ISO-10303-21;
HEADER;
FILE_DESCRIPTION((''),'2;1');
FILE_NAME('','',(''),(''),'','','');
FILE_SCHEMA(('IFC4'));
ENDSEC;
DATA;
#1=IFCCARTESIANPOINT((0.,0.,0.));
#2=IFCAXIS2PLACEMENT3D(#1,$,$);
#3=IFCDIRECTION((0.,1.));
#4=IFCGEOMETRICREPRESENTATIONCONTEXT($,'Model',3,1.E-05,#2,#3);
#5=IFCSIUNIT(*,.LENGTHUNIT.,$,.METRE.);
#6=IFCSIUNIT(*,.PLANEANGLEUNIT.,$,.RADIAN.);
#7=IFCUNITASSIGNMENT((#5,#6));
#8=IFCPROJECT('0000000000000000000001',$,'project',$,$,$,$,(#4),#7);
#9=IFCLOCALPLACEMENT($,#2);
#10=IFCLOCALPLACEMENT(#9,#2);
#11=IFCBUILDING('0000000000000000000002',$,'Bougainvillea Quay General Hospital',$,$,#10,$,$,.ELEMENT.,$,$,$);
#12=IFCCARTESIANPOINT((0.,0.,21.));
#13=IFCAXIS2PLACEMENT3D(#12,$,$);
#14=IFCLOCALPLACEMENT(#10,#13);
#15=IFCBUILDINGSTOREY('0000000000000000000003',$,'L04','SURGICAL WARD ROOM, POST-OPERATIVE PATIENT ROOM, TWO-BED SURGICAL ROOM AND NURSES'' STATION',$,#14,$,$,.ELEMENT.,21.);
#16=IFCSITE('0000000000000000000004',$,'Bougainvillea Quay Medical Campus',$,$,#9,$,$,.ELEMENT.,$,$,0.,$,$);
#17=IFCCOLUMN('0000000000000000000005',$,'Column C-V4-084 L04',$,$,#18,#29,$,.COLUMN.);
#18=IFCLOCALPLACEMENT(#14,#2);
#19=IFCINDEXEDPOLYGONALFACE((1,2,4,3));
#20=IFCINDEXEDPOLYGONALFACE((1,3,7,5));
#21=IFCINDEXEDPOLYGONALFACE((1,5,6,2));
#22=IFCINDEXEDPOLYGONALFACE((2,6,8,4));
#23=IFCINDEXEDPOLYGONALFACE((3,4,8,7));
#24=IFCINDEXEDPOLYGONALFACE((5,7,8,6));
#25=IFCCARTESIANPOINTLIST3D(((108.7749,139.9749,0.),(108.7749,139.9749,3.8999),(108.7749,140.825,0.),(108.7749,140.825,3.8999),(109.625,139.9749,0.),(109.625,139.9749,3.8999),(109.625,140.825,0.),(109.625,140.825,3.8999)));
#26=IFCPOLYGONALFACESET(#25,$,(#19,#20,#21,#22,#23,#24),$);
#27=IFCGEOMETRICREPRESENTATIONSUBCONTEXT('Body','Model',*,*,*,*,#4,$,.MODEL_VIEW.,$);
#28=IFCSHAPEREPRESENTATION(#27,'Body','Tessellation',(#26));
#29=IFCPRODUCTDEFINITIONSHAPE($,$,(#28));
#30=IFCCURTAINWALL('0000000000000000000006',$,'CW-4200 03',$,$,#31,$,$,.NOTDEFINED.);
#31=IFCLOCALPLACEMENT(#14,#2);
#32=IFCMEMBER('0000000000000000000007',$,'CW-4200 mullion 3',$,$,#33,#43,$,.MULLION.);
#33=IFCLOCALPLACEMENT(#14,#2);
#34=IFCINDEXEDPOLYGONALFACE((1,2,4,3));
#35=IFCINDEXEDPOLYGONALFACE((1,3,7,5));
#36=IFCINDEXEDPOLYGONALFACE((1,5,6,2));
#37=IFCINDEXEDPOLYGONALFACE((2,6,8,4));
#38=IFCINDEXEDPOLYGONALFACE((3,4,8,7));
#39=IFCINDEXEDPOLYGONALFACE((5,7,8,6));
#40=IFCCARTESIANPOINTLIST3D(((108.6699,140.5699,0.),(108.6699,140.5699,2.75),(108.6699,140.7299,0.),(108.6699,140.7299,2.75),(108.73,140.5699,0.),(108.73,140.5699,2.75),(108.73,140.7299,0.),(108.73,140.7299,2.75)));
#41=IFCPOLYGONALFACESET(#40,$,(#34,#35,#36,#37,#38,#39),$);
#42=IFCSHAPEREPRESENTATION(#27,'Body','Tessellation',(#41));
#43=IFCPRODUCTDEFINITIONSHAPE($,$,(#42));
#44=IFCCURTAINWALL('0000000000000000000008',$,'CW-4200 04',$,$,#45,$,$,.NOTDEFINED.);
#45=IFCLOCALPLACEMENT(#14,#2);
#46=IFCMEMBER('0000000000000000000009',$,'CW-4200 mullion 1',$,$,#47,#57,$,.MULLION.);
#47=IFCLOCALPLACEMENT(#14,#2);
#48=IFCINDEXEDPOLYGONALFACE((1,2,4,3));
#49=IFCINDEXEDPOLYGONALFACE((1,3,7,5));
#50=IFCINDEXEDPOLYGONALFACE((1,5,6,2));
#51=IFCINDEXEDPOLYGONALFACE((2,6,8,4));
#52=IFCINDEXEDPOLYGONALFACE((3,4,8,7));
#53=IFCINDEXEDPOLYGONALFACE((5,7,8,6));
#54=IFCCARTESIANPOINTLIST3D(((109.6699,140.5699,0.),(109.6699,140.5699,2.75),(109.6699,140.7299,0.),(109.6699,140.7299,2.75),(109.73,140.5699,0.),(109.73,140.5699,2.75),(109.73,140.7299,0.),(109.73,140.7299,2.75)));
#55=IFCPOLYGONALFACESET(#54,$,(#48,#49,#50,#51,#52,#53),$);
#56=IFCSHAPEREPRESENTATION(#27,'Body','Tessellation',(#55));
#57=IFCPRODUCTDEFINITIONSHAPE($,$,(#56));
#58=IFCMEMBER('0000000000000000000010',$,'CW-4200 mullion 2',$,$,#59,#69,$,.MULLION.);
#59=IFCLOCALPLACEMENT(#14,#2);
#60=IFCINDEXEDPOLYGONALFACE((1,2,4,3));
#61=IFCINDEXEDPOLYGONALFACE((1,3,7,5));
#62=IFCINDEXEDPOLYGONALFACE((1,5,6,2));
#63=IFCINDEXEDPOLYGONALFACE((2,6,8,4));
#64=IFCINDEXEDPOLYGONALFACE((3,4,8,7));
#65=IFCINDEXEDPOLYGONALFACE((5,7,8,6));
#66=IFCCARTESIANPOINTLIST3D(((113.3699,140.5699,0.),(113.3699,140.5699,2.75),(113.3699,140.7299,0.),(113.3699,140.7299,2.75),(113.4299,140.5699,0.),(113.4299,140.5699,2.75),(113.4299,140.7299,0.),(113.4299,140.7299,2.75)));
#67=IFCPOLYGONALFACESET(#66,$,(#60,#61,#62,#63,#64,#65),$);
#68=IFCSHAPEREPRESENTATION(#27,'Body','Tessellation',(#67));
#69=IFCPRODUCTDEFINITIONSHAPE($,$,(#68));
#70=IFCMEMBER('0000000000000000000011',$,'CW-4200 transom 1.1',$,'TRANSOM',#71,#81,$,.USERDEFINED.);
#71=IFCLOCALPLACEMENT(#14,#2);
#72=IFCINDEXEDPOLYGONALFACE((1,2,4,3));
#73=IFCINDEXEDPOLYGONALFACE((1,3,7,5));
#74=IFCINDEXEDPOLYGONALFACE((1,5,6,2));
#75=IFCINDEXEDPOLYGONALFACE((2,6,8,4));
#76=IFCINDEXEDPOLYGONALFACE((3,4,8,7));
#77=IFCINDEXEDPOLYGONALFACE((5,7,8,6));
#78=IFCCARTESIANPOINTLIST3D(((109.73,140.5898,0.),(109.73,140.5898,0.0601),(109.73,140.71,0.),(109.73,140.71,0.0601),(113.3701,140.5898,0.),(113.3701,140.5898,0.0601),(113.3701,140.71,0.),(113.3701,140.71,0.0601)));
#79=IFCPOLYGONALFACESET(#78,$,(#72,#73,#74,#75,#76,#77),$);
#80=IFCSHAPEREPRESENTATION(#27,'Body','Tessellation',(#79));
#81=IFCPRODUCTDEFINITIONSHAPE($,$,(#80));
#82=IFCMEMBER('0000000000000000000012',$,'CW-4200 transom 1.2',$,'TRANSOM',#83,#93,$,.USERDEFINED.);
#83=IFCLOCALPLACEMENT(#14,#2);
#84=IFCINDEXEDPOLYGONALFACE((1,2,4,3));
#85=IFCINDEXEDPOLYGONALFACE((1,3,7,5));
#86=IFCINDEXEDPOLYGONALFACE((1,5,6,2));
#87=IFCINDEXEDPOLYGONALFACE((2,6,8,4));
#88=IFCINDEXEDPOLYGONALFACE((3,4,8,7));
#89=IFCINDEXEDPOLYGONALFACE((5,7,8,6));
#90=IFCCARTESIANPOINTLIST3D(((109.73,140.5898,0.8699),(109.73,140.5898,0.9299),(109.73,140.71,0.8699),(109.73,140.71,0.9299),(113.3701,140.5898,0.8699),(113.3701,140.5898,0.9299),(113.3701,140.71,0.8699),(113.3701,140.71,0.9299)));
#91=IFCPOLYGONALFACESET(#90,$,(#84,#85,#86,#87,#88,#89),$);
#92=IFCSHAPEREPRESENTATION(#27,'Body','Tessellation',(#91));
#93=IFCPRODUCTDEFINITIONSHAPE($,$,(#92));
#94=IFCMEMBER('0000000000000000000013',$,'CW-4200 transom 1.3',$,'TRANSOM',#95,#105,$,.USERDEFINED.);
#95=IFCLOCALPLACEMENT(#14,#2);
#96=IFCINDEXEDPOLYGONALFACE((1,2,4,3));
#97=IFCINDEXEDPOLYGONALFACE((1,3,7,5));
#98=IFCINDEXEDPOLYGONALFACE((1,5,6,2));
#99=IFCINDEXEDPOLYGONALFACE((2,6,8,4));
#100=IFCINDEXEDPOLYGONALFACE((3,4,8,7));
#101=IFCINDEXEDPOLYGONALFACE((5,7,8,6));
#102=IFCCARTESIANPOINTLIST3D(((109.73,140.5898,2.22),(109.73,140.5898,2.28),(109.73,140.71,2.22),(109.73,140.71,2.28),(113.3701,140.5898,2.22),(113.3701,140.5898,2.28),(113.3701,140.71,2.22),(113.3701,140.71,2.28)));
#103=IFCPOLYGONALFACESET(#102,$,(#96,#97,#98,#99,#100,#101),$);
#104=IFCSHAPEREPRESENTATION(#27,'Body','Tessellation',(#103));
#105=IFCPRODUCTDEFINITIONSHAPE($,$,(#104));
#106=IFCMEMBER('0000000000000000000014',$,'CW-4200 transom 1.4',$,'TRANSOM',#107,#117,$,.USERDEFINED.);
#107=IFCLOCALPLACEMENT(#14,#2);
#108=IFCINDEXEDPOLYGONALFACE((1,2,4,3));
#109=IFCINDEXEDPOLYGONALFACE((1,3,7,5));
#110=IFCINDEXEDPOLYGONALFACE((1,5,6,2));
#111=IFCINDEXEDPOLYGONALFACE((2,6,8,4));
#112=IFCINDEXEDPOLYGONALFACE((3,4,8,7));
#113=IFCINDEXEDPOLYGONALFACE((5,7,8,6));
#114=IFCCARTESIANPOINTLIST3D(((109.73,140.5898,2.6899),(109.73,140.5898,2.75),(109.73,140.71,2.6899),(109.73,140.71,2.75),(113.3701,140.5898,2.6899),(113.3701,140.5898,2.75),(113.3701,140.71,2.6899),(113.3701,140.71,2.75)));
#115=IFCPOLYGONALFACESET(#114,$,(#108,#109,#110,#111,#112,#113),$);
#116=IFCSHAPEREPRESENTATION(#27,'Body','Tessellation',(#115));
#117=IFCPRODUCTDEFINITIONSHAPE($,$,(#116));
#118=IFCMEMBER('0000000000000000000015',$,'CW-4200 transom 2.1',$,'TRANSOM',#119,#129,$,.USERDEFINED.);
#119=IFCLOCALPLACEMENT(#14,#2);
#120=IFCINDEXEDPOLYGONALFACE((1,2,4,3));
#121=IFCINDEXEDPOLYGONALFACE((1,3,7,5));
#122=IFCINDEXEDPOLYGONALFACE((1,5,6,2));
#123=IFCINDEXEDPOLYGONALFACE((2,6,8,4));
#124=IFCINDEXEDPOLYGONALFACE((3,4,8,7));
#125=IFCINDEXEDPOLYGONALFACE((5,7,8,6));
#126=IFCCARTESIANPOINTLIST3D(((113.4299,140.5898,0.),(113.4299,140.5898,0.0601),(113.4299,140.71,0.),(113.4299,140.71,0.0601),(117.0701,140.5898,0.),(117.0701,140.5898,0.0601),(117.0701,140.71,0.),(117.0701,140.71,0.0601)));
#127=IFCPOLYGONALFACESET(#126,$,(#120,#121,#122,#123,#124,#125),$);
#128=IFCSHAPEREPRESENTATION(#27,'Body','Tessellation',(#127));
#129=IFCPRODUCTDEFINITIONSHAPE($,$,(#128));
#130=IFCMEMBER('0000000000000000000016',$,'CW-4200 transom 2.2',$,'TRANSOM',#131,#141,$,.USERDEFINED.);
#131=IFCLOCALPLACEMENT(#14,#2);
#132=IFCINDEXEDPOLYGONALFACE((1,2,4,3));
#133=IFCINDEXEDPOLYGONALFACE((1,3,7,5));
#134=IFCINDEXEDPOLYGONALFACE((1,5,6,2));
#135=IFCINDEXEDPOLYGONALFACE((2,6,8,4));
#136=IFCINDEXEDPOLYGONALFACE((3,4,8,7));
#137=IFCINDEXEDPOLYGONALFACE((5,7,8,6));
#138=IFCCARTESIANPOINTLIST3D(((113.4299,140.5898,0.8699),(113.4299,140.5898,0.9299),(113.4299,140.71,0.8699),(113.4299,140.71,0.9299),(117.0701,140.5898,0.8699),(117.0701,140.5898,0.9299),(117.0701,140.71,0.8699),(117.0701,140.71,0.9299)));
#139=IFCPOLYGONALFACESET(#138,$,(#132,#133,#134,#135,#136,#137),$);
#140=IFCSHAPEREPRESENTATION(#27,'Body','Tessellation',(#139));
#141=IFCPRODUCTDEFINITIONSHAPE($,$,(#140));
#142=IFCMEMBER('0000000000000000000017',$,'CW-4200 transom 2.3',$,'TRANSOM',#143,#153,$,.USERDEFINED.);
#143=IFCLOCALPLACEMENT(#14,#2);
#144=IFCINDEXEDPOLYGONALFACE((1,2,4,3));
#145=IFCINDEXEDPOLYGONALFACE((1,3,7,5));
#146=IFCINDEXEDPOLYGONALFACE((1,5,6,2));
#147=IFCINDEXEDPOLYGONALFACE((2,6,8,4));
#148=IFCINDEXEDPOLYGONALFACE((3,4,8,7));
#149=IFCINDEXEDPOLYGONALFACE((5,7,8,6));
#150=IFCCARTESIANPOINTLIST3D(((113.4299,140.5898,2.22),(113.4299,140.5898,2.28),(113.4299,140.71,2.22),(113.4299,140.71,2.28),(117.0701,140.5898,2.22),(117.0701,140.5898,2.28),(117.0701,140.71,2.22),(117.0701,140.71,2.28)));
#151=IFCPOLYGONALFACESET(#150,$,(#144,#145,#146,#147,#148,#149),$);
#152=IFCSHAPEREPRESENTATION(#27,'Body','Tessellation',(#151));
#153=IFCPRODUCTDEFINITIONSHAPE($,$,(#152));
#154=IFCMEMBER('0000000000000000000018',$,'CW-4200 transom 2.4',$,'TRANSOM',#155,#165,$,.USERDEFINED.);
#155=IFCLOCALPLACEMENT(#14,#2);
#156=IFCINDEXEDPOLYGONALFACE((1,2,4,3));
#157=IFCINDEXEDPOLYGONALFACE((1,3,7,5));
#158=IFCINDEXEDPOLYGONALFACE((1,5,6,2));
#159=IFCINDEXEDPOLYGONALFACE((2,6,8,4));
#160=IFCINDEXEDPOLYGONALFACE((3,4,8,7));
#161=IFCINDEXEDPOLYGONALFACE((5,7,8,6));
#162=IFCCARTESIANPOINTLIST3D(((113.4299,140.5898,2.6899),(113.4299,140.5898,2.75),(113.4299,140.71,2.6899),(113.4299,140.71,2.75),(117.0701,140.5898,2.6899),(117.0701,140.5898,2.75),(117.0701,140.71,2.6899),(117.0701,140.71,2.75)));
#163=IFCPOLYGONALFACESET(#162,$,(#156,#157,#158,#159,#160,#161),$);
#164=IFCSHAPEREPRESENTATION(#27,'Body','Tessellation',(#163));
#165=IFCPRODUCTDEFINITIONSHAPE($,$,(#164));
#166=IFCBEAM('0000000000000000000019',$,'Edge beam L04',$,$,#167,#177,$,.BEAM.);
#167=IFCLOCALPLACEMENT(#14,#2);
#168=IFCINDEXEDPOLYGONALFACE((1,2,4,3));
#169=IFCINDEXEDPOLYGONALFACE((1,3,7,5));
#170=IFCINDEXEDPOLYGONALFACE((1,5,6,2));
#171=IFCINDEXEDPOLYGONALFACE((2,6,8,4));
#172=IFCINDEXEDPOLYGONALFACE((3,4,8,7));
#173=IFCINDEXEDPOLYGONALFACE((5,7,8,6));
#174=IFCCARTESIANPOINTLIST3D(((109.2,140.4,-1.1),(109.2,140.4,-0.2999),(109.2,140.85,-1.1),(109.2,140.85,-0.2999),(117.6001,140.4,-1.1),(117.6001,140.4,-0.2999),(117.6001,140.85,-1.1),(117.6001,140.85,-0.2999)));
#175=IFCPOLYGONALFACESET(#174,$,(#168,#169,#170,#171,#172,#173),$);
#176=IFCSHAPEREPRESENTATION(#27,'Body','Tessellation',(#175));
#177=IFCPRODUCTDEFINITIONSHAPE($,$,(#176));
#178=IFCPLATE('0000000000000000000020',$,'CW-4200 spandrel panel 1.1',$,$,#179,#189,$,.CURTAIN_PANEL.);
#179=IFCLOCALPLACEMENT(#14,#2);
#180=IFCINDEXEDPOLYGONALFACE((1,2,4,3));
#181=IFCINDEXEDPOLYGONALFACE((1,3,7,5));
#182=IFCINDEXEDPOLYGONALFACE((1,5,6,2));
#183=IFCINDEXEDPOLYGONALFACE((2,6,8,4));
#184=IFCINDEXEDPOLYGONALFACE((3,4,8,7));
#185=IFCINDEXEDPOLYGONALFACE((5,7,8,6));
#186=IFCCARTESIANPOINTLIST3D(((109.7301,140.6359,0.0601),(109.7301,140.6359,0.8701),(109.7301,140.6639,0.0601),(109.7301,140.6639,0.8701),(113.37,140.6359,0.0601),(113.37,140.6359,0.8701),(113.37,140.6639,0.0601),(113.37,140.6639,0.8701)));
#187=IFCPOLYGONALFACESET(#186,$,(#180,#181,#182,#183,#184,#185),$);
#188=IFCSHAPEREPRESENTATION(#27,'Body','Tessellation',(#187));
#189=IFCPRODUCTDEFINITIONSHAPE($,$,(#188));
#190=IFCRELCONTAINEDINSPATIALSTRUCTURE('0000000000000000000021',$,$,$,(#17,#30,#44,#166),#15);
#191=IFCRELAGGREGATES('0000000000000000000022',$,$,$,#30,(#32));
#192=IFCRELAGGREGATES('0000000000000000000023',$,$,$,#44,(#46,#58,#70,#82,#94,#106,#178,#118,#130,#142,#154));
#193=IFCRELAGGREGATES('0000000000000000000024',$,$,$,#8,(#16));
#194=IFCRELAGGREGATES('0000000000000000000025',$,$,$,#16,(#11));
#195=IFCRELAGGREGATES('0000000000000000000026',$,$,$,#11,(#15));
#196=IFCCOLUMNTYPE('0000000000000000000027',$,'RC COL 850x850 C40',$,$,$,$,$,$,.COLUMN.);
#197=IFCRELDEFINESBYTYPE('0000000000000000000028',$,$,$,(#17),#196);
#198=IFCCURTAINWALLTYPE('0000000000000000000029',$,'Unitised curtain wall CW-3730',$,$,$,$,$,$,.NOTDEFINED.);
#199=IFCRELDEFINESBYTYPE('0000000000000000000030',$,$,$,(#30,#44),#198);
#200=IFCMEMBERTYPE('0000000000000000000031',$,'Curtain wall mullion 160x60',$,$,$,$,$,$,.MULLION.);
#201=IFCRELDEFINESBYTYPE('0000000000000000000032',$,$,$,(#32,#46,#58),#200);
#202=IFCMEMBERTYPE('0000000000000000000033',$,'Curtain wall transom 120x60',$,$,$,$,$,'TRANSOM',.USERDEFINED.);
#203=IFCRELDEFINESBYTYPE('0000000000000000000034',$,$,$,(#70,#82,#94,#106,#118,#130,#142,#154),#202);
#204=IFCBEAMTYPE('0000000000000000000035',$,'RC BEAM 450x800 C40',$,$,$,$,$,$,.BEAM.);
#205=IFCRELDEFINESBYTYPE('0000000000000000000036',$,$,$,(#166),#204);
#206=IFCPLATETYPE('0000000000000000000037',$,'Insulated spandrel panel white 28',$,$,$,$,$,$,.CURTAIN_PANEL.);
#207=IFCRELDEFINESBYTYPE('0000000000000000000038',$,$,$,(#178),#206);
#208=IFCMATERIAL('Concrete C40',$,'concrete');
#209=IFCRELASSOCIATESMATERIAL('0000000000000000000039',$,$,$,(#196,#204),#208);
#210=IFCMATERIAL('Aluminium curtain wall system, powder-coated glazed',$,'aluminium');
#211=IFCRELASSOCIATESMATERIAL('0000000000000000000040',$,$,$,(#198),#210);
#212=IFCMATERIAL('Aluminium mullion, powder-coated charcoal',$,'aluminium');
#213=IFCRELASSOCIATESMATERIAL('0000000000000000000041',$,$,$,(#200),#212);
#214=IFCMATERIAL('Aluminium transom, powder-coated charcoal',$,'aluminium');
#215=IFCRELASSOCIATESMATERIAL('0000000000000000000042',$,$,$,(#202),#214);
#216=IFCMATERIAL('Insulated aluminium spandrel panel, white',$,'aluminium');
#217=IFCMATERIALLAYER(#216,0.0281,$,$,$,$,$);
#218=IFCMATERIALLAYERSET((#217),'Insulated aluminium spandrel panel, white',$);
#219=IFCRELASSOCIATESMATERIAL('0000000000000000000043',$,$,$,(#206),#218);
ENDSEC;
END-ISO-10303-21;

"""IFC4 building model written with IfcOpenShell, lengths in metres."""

from ifc_helpers import new_model, si_unit, direction, frame, origin, origin_2d, place, context, subcontext, project, spatial, rectangle, extrude, material, layer, layer_set, material_profile, profile_set, type_object, element, aggregate, save


model = new_model("IFC4")

# Units and contexts
model_context = context("Model", 3, precision=1e-05, world=origin(), true_north=direction((0.0, 1.0)))
body_context = subcontext(model_context, "Body", "Model", "MODEL_VIEW")
ifc_project = project(units=[si_unit("LENGTHUNIT", "METRE"), si_unit("PLANEANGLEUNIT", "RADIAN")], contexts=[model_context])

# Site, building, storey
site_placement = place(None, origin())
site = spatial("IfcSite", under=ifc_project, at=site_placement, Name="Bougainvillea Quay Medical Campus", CompositionType="ELEMENT", RefElevation=0.0)
building_placement = place(site_placement, origin())
building = spatial("IfcBuilding", under=site, at=building_placement, Name="Bougainvillea Quay General Hospital", CompositionType="ELEMENT")
storey_placement = place(building_placement, frame((0.0, 0.0, 21.0)))
storey = spatial("IfcBuildingStorey", under=building, at=storey_placement, Name="L04", Description="SURGICAL WARD ROOM, POST-OPERATIVE PATIENT ROOM, TWO-BED SURGICAL ROOM AND NURSES' STATION", CompositionType="ELEMENT", Elevation=21.0)

# Column
ifc_material_1 = material(Name="Concrete C40", Category="concrete")
ifc_material_profile_1 = material_profile(ifc_material_1, rectangle(XDim=0.8501, YDim=0.8501, at=origin_2d()))
ifc_profile_set_1 = profile_set([ifc_material_profile_1], Name="Concrete C40")
column_type = type_object("IfcColumnType", Name="RC COL 850x850 C40", PredefinedType="COLUMN", material=ifc_profile_set_1)
column_placement = place(storey_placement, frame((109.2, 140.3999, 0.0), z_axis=(0.0, 0.0, 1.0), x_axis=(1.0, 0.0, 0.0)))
element("IfcColumn", 1, at=column_placement, inside=storey, type_object=column_type, Name="Column C-V4-084 L04", PredefinedType="COLUMN", context=body_context, shape_type="SweptSolid", body=[
    extrude(rectangle(XDim=0.8501, YDim=0.8501, at=origin_2d()), origin(), (0.0, 0.0, 1.0), 3.8999),
])

# Curtain wall, member
ifc_material_2 = material(Name="Aluminium curtain wall system, powder-coated glazed", Category="aluminium")
curtain_wall_type = type_object("IfcCurtainWallType", Name="Unitised curtain wall CW-3730", PredefinedType="NOTDEFINED", material=ifc_material_2)
curtain_wall_1_placement = place(storey_placement, origin())
curtain_wall_1 = element("IfcCurtainWall", 2, at=curtain_wall_1_placement, inside=storey, type_object=curtain_wall_type, Name="CW-4200 03", PredefinedType="NOTDEFINED")
ifc_material_3 = material(Name="Aluminium mullion, powder-coated charcoal", Category="aluminium")
ifc_material_profile_2 = material_profile(ifc_material_3, rectangle(XDim=0.1599, YDim=0.0601, at=origin_2d()))
ifc_profile_set_2 = profile_set([ifc_material_profile_2], Name="Aluminium mullion, powder-coated charcoal")
member_type_1 = type_object("IfcMemberType", Name="Curtain wall mullion 160x60", PredefinedType="MULLION", material=ifc_profile_set_2)
member_1_placement = place(storey_placement, frame((108.7, 140.6499, 0.0), z_axis=(0.0, 0.0, 1.0), x_axis=(0.0, 1.0, 0.0)))
member_1 = element("IfcMember", 3, at=member_1_placement, type_object=member_type_1, Name="CW-4200 mullion 3", PredefinedType="MULLION", context=body_context, shape_type="SweptSolid", body=[
    extrude(rectangle(XDim=0.1599, YDim=0.0601, at=origin_2d()), origin(), (0.0, 0.0, 1.0), 2.75),
])
aggregate(curtain_wall_1, [member_1])

# Curtain wall, members
curtain_wall_2_placement = place(storey_placement, origin())
curtain_wall_2 = element("IfcCurtainWall", 4, at=curtain_wall_2_placement, inside=storey, type_object=curtain_wall_type, Name="CW-4200 04", PredefinedType="NOTDEFINED")
member_2_placement = place(storey_placement, frame((109.7, 140.6499, 0.0), z_axis=(0.0, 0.0, 1.0), x_axis=(0.0, 1.0, 0.0)))
member_2 = element("IfcMember", 5, at=member_2_placement, type_object=member_type_1, Name="CW-4200 mullion 1", PredefinedType="MULLION", context=body_context, shape_type="SweptSolid", body=[
    extrude(rectangle(XDim=0.1599, YDim=0.0601, at=origin_2d()), origin(), (0.0, 0.0, 1.0), 2.75),
])
member_3_placement = place(storey_placement, frame((113.3999, 140.6499, 0.0), z_axis=(0.0, 0.0, 1.0), x_axis=(0.0, 1.0, 0.0)))
member_3 = element("IfcMember", 6, at=member_3_placement, type_object=member_type_1, Name="CW-4200 mullion 2", PredefinedType="MULLION", context=body_context, shape_type="SweptSolid", body=[
    extrude(rectangle(XDim=0.1599, YDim=0.0601, at=origin_2d()), origin(), (0.0, 0.0, 1.0), 2.75),
])
ifc_material_4 = material(Name="Aluminium transom, powder-coated charcoal", Category="aluminium")
ifc_material_profile_3 = material_profile(ifc_material_4, rectangle(XDim=0.1201, YDim=0.0601, at=origin_2d()))
ifc_profile_set_3 = profile_set([ifc_material_profile_3], Name="Aluminium transom, powder-coated charcoal")
member_type_2 = type_object("IfcMemberType", Name="Curtain wall transom 120x60", ElementType="TRANSOM", PredefinedType="USERDEFINED", material=ifc_profile_set_3)
member_4_placement = place(storey_placement, frame((109.73, 140.6499, 0.03), z_axis=(1.0, 0.0, 0.0), x_axis=(0.0, 1.0, 0.0)))
member_4 = element("IfcMember", 7, at=member_4_placement, type_object=member_type_2, Name="CW-4200 transom 1.1", ObjectType="TRANSOM", PredefinedType="USERDEFINED", context=body_context, shape_type="SweptSolid", body=[
    extrude(rectangle(XDim=0.1201, YDim=0.0601, at=origin_2d()), origin(), (0.0, 0.0, 1.0), 3.6401),
])
member_5_placement = place(storey_placement, frame((109.73, 140.6499, 0.8999), z_axis=(1.0, 0.0, 0.0), x_axis=(0.0, 1.0, 0.0)))
member_5 = element("IfcMember", 8, at=member_5_placement, type_object=member_type_2, Name="CW-4200 transom 1.2", ObjectType="TRANSOM", PredefinedType="USERDEFINED", context=body_context, shape_type="SweptSolid", body=[
    extrude(rectangle(XDim=0.1201, YDim=0.0601, at=origin_2d()), origin(), (0.0, 0.0, 1.0), 3.6401),
])
member_6_placement = place(storey_placement, frame((109.73, 140.6499, 2.25), z_axis=(1.0, 0.0, 0.0), x_axis=(0.0, 1.0, 0.0)))
member_6 = element("IfcMember", 9, at=member_6_placement, type_object=member_type_2, Name="CW-4200 transom 1.3", ObjectType="TRANSOM", PredefinedType="USERDEFINED", context=body_context, shape_type="SweptSolid", body=[
    extrude(rectangle(XDim=0.1201, YDim=0.0601, at=origin_2d()), origin(), (0.0, 0.0, 1.0), 3.6401),
])
member_7_placement = place(storey_placement, frame((109.73, 140.6499, 2.72), z_axis=(1.0, 0.0, 0.0), x_axis=(0.0, 1.0, 0.0)))
member_7 = element("IfcMember", 10, at=member_7_placement, type_object=member_type_2, Name="CW-4200 transom 1.4", ObjectType="TRANSOM", PredefinedType="USERDEFINED", context=body_context, shape_type="SweptSolid", body=[
    extrude(rectangle(XDim=0.1201, YDim=0.0601, at=origin_2d()), origin(), (0.0, 0.0, 1.0), 3.6401),
])
member_8_placement = place(storey_placement, frame((113.4299, 140.6499, 0.03), z_axis=(1.0, 0.0, 0.0), x_axis=(0.0, 1.0, 0.0)))
member_8 = element("IfcMember", 11, at=member_8_placement, type_object=member_type_2, Name="CW-4200 transom 2.1", ObjectType="TRANSOM", PredefinedType="USERDEFINED", context=body_context, shape_type="SweptSolid", body=[
    extrude(rectangle(XDim=0.1201, YDim=0.0601, at=origin_2d()), origin(), (0.0, 0.0, 1.0), 3.6401),
])
member_9_placement = place(storey_placement, frame((113.4299, 140.6499, 0.8999), z_axis=(1.0, 0.0, 0.0), x_axis=(0.0, 1.0, 0.0)))
member_9 = element("IfcMember", 12, at=member_9_placement, type_object=member_type_2, Name="CW-4200 transom 2.2", ObjectType="TRANSOM", PredefinedType="USERDEFINED", context=body_context, shape_type="SweptSolid", body=[
    extrude(rectangle(XDim=0.1201, YDim=0.0601, at=origin_2d()), origin(), (0.0, 0.0, 1.0), 3.6401),
])
member_10_placement = place(storey_placement, frame((113.4299, 140.6499, 2.25), z_axis=(1.0, 0.0, 0.0), x_axis=(0.0, 1.0, 0.0)))
member_10 = element("IfcMember", 13, at=member_10_placement, type_object=member_type_2, Name="CW-4200 transom 2.3", ObjectType="TRANSOM", PredefinedType="USERDEFINED", context=body_context, shape_type="SweptSolid", body=[
    extrude(rectangle(XDim=0.1201, YDim=0.0601, at=origin_2d()), origin(), (0.0, 0.0, 1.0), 3.6401),
])
member_11_placement = place(storey_placement, frame((113.4299, 140.6499, 2.72), z_axis=(1.0, 0.0, 0.0), x_axis=(0.0, 1.0, 0.0)))
member_11 = element("IfcMember", 14, at=member_11_placement, type_object=member_type_2, Name="CW-4200 transom 2.4", ObjectType="TRANSOM", PredefinedType="USERDEFINED", context=body_context, shape_type="SweptSolid", body=[
    extrude(rectangle(XDim=0.1201, YDim=0.0601, at=origin_2d()), origin(), (0.0, 0.0, 1.0), 3.6401),
])

# Beam
ifc_material_profile_4 = material_profile(ifc_material_1, rectangle(XDim=0.45, YDim=0.8, at=origin_2d()))
ifc_profile_set_4 = profile_set([ifc_material_profile_4], Name="Concrete C40")
beam_type = type_object("IfcBeamType", Name="RC BEAM 450x800 C40", PredefinedType="BEAM", material=ifc_profile_set_4)
beam_placement = place(storey_placement, frame((109.2, 140.625, -0.7), z_axis=(1.0, 0.0, 0.0), x_axis=(0.0, 1.0, 0.0)))
element("IfcBeam", 15, at=beam_placement, inside=storey, type_object=beam_type, Name="Edge beam L04", PredefinedType="BEAM", context=body_context, shape_type="SweptSolid", body=[
    extrude(rectangle(XDim=0.45, YDim=0.8, at=origin_2d()), origin(), (0.0, 0.0, 1.0), 8.4001),
])

# Plate
ifc_material_5 = material(Name="Insulated aluminium spandrel panel, white", Category="aluminium")
ifc_layer_1 = layer(ifc_material_5, 0.0281)
ifc_layer_set_1 = layer_set([ifc_layer_1], Name="Insulated aluminium spandrel panel, white")
plate_type_1 = type_object("IfcPlateType", Name="Insulated spandrel panel white 28", PredefinedType="CURTAIN_PANEL", material=ifc_layer_set_1)
plate_1_placement = place(storey_placement, frame((111.55, 140.6499, 0.0601), z_axis=(0.0, 0.0, 1.0), x_axis=(1.0, 0.0, 0.0)))
plate_1 = element("IfcPlate", 16, at=plate_1_placement, type_object=plate_type_1, Name="CW-4200 spandrel panel 1.1", PredefinedType="CURTAIN_PANEL", context=body_context, shape_type="SweptSolid", body=[
    extrude(rectangle(XDim=3.6399, YDim=0.0281, at=origin_2d()), origin(), (0.0, 0.0, 1.0), 0.8101),
])
aggregate(curtain_wall_2, [member_2, member_3, member_4, member_5, member_6, member_7, plate_1, member_8, member_9, member_10, member_11])

save(model, "model.ifc")
